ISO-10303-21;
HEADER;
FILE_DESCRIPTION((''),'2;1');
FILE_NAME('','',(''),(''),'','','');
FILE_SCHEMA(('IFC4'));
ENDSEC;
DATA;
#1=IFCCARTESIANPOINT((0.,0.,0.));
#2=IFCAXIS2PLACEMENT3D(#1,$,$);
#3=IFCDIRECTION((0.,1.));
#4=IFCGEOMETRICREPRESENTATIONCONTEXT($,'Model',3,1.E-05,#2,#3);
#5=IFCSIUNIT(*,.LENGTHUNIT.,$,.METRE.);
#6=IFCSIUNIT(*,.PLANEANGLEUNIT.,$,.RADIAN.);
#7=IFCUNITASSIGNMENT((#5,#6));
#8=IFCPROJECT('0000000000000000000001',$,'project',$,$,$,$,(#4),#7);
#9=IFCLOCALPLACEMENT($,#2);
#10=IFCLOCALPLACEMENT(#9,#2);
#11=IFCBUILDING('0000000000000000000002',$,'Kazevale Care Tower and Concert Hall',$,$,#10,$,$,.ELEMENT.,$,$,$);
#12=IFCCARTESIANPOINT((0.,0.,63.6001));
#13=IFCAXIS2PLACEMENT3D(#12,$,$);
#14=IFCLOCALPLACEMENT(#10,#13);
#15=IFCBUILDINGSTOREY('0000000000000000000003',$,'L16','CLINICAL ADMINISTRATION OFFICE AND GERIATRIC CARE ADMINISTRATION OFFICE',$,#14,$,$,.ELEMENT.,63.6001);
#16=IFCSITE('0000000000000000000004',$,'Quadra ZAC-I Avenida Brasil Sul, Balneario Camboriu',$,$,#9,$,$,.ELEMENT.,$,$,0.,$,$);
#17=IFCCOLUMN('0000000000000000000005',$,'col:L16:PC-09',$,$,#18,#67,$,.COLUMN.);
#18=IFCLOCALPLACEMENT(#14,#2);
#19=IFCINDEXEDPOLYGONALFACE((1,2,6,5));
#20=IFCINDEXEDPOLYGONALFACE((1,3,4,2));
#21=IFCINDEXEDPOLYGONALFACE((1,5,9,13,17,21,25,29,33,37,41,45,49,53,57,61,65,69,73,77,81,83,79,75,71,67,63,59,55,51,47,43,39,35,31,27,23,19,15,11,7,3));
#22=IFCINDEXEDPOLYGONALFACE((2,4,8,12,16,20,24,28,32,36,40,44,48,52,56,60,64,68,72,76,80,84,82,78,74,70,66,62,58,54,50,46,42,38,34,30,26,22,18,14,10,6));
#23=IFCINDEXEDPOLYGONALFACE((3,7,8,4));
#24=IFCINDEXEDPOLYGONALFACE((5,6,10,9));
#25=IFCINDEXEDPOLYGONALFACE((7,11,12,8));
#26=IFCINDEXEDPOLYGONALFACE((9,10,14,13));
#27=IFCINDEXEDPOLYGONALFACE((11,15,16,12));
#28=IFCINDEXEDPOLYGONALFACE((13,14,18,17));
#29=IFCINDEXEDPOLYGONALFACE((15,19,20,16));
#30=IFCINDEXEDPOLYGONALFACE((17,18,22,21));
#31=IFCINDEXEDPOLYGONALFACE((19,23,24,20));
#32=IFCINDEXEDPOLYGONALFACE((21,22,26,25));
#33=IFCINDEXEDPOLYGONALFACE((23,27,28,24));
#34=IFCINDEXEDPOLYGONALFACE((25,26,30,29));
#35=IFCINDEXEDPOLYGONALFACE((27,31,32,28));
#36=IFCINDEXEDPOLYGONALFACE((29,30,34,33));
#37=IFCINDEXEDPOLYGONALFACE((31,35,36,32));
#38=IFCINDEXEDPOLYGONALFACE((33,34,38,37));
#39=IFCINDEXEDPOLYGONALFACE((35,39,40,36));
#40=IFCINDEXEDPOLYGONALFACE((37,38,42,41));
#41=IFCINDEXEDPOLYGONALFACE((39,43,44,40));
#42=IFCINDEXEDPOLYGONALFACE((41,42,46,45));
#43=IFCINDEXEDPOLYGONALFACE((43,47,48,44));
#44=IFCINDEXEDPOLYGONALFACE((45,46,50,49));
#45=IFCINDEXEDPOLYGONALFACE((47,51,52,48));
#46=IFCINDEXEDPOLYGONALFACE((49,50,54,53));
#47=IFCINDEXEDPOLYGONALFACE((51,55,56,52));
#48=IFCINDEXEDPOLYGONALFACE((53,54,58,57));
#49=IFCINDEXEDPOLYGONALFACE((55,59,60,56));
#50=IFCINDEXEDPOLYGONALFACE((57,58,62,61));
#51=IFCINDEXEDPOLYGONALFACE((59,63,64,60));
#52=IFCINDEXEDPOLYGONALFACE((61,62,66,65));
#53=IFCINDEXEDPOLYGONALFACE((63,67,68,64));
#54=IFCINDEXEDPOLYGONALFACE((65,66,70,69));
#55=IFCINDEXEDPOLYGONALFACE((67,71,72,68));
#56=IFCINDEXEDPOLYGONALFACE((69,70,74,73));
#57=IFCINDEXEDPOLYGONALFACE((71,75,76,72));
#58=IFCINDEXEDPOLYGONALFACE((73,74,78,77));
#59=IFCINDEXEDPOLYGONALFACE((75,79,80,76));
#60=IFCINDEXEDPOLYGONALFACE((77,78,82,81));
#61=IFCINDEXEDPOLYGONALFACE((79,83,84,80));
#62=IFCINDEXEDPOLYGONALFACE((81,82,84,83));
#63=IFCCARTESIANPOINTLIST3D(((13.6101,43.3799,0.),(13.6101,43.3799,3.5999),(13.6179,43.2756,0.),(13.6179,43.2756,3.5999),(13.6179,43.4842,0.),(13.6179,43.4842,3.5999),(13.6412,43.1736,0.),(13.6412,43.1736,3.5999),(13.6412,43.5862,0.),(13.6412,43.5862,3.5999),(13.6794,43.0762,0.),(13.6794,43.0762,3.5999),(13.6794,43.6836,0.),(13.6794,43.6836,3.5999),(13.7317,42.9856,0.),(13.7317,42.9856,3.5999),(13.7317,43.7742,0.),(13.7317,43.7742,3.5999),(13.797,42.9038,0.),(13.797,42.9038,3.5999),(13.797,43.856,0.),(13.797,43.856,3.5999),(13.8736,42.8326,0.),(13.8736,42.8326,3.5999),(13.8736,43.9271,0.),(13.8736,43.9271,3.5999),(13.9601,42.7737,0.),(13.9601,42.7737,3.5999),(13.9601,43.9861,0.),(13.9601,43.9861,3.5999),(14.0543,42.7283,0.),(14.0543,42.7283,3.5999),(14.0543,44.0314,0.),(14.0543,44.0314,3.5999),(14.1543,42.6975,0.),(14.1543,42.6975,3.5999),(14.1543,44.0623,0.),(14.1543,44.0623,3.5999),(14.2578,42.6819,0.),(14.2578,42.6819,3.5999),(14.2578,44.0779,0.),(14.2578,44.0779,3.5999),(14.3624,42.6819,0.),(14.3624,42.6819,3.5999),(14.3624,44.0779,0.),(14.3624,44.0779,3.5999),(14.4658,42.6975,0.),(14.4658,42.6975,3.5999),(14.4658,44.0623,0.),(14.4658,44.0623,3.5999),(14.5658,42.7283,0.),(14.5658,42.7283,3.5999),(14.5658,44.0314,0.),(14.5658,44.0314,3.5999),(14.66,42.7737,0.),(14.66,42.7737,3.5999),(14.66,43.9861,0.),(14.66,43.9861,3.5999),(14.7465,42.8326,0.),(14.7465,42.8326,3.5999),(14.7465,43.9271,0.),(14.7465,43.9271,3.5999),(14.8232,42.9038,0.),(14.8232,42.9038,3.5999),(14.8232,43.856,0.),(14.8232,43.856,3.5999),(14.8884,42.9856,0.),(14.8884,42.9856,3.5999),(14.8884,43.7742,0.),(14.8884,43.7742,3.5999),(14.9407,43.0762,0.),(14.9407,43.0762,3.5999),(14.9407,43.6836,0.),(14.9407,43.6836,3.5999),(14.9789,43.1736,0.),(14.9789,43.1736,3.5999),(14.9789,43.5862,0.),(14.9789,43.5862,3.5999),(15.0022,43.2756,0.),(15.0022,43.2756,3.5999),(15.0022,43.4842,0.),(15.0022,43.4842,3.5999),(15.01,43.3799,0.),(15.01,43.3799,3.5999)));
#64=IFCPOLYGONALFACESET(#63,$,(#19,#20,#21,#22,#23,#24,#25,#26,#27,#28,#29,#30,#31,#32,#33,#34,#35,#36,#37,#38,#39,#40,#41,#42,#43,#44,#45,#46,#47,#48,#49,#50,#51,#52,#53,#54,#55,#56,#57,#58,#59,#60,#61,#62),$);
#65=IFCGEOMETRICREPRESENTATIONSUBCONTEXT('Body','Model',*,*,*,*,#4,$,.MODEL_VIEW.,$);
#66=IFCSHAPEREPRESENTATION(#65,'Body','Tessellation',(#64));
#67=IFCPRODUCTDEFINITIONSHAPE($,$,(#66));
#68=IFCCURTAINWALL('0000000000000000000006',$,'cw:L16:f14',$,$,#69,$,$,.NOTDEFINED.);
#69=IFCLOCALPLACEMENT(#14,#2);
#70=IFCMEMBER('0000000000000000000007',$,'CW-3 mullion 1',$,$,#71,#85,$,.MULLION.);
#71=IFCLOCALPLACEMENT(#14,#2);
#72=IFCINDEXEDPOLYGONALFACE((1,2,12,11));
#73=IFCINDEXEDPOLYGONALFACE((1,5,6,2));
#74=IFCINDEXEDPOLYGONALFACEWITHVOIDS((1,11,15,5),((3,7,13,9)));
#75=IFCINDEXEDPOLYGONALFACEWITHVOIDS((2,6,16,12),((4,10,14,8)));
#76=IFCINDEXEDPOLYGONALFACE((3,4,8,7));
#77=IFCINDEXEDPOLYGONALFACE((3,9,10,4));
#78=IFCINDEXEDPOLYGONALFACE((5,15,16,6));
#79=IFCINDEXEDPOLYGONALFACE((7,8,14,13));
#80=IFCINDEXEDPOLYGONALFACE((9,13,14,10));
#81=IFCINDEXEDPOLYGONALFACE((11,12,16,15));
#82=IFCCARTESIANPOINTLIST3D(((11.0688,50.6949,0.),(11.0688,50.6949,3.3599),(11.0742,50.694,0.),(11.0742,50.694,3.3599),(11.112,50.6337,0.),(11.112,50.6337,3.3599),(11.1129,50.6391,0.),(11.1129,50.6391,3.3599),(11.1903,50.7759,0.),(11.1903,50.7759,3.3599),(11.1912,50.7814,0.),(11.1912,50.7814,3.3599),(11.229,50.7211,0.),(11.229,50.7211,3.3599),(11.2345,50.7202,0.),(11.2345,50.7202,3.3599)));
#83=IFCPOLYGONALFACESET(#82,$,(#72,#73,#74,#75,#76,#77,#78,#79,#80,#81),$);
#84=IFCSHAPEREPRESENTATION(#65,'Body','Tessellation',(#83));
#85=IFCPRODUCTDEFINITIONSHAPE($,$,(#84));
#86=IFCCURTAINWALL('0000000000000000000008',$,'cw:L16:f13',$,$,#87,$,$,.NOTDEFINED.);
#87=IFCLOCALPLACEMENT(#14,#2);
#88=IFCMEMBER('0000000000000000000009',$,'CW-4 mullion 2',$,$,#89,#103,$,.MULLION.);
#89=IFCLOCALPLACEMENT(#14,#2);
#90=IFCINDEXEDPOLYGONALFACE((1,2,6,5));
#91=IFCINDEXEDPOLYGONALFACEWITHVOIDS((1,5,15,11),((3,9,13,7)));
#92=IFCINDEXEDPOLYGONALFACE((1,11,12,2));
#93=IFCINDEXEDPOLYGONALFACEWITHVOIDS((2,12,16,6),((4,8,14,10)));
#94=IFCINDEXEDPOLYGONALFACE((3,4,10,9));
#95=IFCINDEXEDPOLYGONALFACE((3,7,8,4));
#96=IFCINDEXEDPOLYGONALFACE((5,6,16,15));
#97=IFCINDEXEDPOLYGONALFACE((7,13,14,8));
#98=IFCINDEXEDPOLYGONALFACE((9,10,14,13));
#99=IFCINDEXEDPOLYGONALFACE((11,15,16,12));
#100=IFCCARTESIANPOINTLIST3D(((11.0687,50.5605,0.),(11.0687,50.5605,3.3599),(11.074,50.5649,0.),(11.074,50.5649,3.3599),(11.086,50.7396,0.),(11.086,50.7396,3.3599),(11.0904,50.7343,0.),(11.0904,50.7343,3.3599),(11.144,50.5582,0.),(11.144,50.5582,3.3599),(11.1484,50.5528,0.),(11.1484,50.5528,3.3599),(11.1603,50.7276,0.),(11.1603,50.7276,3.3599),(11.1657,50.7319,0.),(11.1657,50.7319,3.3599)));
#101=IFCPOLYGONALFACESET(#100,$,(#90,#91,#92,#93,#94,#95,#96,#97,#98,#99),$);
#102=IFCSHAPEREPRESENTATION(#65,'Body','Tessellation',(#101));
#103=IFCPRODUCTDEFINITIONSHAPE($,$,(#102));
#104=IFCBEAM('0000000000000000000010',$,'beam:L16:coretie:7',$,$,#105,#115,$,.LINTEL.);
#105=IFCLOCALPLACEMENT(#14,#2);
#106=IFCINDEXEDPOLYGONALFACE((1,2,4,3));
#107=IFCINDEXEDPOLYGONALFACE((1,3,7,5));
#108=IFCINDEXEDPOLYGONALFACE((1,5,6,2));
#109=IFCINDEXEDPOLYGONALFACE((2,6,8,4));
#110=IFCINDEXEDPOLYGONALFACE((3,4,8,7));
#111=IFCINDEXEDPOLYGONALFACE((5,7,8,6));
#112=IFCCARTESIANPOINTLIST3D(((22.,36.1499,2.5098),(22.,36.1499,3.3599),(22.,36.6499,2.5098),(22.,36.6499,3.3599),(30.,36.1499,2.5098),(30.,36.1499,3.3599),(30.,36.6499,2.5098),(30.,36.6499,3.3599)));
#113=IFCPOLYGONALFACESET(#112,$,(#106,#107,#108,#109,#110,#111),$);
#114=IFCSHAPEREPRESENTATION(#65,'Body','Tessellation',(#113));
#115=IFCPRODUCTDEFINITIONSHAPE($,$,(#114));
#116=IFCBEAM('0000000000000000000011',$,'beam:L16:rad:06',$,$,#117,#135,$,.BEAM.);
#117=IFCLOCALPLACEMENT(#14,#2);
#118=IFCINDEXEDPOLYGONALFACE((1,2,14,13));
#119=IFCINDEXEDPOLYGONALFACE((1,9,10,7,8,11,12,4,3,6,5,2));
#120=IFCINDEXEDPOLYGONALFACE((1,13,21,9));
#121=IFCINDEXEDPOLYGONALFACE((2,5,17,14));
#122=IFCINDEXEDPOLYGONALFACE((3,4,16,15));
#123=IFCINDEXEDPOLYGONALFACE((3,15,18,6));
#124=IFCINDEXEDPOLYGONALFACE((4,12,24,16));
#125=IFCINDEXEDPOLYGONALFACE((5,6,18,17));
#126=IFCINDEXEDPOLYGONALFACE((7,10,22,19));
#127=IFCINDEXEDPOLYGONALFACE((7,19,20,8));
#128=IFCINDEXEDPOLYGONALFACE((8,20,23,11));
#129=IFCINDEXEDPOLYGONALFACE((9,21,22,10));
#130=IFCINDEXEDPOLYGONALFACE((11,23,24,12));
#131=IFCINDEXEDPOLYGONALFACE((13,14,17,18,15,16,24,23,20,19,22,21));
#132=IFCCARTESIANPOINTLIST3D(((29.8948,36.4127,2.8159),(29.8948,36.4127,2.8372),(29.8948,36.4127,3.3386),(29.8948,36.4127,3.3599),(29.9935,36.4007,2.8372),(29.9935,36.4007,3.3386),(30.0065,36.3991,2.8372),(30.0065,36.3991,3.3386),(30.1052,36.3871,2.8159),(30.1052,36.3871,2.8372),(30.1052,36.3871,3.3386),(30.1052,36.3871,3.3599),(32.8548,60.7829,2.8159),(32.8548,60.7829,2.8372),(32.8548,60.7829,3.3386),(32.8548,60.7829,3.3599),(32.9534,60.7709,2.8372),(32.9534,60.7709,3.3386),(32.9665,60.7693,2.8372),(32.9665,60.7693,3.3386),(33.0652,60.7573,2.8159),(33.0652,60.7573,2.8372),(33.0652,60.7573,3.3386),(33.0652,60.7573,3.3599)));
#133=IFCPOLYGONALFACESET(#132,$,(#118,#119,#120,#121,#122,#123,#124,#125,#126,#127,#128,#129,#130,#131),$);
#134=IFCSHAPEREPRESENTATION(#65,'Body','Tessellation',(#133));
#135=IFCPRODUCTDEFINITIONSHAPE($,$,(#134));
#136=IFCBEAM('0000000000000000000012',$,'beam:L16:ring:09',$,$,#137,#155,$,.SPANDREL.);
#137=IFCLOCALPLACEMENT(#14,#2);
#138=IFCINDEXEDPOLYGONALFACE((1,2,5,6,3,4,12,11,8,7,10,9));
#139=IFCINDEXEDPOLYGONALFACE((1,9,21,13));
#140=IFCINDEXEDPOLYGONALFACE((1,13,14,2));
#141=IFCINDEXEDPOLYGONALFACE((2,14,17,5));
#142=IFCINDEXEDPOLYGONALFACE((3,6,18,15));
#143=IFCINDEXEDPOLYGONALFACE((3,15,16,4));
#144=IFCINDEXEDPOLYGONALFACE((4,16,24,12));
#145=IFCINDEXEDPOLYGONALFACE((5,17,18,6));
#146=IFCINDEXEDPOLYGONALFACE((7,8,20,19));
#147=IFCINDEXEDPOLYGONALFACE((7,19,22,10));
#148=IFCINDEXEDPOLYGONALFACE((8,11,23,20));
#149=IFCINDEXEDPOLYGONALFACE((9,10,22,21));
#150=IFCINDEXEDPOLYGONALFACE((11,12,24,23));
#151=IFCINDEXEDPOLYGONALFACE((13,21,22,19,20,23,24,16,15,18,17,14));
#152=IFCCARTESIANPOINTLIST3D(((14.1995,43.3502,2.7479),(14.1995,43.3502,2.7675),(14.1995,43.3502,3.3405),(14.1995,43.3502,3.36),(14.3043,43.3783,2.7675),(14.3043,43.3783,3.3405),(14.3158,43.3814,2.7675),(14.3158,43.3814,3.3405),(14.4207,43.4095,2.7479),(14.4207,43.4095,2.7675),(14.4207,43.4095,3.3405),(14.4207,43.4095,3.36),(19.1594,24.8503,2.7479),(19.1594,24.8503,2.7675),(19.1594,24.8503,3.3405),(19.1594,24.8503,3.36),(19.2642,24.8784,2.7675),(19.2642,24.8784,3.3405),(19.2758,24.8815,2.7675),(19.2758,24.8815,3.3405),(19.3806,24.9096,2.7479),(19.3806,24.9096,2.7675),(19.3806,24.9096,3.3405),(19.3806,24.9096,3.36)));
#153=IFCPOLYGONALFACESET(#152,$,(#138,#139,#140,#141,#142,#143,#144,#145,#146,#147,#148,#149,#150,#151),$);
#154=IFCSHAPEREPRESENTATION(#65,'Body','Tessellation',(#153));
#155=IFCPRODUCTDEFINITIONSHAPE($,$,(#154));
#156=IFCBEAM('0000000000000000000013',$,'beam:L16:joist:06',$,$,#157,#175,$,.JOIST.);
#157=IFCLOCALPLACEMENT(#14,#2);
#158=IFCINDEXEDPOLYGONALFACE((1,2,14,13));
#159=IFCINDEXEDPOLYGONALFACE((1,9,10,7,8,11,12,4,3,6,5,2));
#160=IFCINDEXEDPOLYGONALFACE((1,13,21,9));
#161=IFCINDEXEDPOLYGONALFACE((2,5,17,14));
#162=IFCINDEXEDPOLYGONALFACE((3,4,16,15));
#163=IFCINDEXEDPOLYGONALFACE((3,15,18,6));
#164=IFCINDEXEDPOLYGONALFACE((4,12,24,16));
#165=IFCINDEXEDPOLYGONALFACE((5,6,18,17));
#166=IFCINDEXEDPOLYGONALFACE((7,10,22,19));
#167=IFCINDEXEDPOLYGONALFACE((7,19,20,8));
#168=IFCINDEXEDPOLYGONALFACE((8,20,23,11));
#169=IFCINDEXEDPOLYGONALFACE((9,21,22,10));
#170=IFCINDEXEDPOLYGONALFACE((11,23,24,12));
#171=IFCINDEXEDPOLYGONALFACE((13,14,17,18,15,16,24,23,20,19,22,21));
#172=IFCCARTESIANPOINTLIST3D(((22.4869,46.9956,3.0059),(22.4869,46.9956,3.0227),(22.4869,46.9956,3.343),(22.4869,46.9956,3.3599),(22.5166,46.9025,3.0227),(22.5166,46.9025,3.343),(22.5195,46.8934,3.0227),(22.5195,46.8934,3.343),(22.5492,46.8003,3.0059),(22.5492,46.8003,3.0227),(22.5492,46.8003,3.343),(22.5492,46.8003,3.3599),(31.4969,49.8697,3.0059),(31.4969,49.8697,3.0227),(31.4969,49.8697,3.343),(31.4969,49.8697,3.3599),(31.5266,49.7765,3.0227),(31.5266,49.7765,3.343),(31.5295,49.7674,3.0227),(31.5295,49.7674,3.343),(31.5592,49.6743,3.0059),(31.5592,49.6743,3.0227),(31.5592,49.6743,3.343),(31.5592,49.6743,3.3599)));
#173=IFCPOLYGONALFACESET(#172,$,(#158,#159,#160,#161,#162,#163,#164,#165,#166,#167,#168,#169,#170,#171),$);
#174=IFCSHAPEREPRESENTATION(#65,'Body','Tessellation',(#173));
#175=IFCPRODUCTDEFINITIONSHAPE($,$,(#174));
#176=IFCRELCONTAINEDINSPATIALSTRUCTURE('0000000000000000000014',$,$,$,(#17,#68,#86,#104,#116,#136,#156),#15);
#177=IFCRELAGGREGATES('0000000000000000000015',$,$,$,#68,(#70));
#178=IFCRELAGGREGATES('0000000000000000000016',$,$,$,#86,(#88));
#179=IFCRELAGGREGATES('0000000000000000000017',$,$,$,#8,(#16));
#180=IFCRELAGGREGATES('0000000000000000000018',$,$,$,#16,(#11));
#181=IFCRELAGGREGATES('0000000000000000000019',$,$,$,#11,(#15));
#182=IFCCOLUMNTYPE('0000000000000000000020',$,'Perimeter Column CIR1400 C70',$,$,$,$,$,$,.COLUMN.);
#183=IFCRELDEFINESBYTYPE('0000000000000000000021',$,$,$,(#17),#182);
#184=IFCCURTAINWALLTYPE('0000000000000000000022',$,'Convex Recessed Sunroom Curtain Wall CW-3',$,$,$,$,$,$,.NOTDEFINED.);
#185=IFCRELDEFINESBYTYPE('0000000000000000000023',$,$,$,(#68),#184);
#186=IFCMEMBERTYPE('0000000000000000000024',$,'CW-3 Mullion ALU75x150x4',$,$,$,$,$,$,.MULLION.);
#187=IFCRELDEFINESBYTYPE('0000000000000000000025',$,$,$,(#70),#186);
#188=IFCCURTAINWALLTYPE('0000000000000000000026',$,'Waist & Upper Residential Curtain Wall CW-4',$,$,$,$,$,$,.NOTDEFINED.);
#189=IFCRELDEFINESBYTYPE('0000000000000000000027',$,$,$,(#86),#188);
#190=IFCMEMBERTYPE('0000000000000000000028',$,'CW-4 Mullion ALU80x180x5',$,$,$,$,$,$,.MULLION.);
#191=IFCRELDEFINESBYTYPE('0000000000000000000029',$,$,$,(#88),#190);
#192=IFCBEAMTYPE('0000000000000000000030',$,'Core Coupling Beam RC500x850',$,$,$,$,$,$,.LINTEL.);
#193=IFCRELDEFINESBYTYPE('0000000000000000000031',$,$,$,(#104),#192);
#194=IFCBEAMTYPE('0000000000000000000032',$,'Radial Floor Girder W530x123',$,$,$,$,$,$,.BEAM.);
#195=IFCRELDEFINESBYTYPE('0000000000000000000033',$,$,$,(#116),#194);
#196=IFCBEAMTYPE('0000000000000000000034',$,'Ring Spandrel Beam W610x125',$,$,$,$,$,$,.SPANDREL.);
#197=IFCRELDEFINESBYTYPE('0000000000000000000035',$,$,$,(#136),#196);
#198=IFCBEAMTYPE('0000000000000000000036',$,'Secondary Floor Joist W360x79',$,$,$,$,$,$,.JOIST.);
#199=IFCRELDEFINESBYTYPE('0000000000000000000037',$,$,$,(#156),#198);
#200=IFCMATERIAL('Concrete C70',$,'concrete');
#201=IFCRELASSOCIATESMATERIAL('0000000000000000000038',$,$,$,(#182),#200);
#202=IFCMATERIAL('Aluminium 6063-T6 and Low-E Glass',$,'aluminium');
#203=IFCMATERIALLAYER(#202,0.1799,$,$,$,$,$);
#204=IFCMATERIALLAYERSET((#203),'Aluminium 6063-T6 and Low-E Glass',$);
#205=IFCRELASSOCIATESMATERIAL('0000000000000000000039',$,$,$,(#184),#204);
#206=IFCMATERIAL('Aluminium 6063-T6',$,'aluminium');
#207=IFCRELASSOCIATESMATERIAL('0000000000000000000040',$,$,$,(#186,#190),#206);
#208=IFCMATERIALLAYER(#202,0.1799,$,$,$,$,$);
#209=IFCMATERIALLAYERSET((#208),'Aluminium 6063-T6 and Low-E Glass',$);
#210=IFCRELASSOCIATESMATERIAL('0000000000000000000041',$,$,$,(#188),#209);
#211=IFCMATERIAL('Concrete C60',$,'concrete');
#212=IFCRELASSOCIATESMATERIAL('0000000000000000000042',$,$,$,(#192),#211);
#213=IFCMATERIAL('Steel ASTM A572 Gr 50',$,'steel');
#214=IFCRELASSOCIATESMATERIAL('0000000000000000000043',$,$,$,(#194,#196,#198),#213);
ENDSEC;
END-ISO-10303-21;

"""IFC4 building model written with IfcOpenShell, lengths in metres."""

from ifc_helpers import new_model, si_unit, direction, frame, origin, origin_2d, place, context, subcontext, project, spatial, rectangle, hollow_rectangle, circle, i_section, extrude, material, layer, layer_set, material_profile, profile_set, type_object, element, aggregate, save


model = new_model("IFC4")

# Units and contexts
model_context = context("Model", 3, precision=1e-05, world=origin(), true_north=direction((0.0, 1.0)))
body_context = subcontext(model_context, "Body", "Model", "MODEL_VIEW")
ifc_project = project(units=[si_unit("LENGTHUNIT", "METRE"), si_unit("PLANEANGLEUNIT", "RADIAN")], contexts=[model_context])

# Site, building, storey
site_placement = place(None, origin())
site = spatial("IfcSite", under=ifc_project, at=site_placement, Name="Quadra ZAC-I Avenida Brasil Sul, Balneario Camboriu", CompositionType="ELEMENT", RefElevation=0.0)
building_placement = place(site_placement, origin())
building = spatial("IfcBuilding", under=site, at=building_placement, Name="Kazevale Care Tower and Concert Hall", CompositionType="ELEMENT")
storey_placement = place(building_placement, frame((0.0, 0.0, 63.6001)))
storey = spatial("IfcBuildingStorey", under=building, at=storey_placement, Name="L16", Description="CLINICAL ADMINISTRATION OFFICE AND GERIATRIC CARE ADMINISTRATION OFFICE", CompositionType="ELEMENT", Elevation=63.6001)

# Column
ifc_material_1 = material(Name="Concrete C70", Category="concrete")
ifc_material_profile_1 = material_profile(ifc_material_1, circle(Radius=0.7, at=origin_2d()), Name="RC-CIR1400")
ifc_profile_set_1 = profile_set([ifc_material_profile_1], Name="Concrete C70")
column_type = type_object("IfcColumnType", Name="Perimeter Column CIR1400 C70", PredefinedType="COLUMN", material=ifc_profile_set_1)
column_placement = place(storey_placement, frame((14.3101, 43.3799, 0.0), z_axis=(0.0, 0.0, 1.0), x_axis=(1.0, 0.0, 0.0)))
element("IfcColumn", 1, at=column_placement, inside=storey, type_object=column_type, Name="col:L16:PC-09", PredefinedType="COLUMN", context=body_context, shape_type="SweptSolid", body=[
    extrude(circle(Radius=0.7, at=origin_2d()), origin(), (0.0, 0.0, 1.0), 3.5999),
])

# Curtain walls, members
ifc_material_2 = material(Name="Aluminium 6063-T6 and Low-E Glass", Category="aluminium")
ifc_layer_1 = layer(ifc_material_2, 0.1799)
ifc_layer_set_1 = layer_set([ifc_layer_1], Name="Aluminium 6063-T6 and Low-E Glass")
curtain_wall_type_1 = type_object("IfcCurtainWallType", Name="Convex Recessed Sunroom Curtain Wall CW-3", PredefinedType="NOTDEFINED", material=ifc_layer_set_1)
curtain_wall_1_placement = place(storey_placement, origin())
curtain_wall_1 = element("IfcCurtainWall", 2, at=curtain_wall_1_placement, inside=storey, type_object=curtain_wall_type_1, Name="cw:L16:f14", PredefinedType="NOTDEFINED")
ifc_material_3 = material(Name="Aluminium 6063-T6", Category="aluminium")
ifc_material_profile_2 = material_profile(ifc_material_3, hollow_rectangle(XDim=0.075, YDim=0.1499, WallThickness=0.0039, at=origin_2d()), Name="ALU75x150x4")
ifc_profile_set_2 = profile_set([ifc_material_profile_2], Name="Aluminium 6063-T6")
member_type_1 = type_object("IfcMemberType", Name="CW-3 Mullion ALU75x150x4", PredefinedType="MULLION", material=ifc_profile_set_2)
member_1_placement = place(storey_placement, frame((11.1516, 50.7075, 0.0), z_axis=(0.0, 0.0, 1.0), x_axis=(-0.576929, 0.816794, 0.0)))
member_1 = element("IfcMember", 3, at=member_1_placement, type_object=member_type_1, Name="CW-3 mullion 1", PredefinedType="MULLION", context=body_context, shape_type="SweptSolid", body=[
    extrude(hollow_rectangle(XDim=0.075, YDim=0.1499, WallThickness=0.0039, at=origin_2d()), origin(), (0.0, 0.0, 1.0), 3.3599),
])
aggregate(curtain_wall_1, [member_1])
ifc_layer_2 = layer(ifc_material_2, 0.1799)
ifc_layer_set_2 = layer_set([ifc_layer_2], Name="Aluminium 6063-T6 and Low-E Glass")
curtain_wall_type_2 = type_object("IfcCurtainWallType", Name="Waist & Upper Residential Curtain Wall CW-4", PredefinedType="NOTDEFINED", material=ifc_layer_set_2)
curtain_wall_2_placement = place(storey_placement, origin())
curtain_wall_2 = element("IfcCurtainWall", 4, at=curtain_wall_2_placement, inside=storey, type_object=curtain_wall_type_2, Name="cw:L16:f13", PredefinedType="NOTDEFINED")
ifc_material_profile_3 = material_profile(ifc_material_3, hollow_rectangle(XDim=0.0801, YDim=0.1799, WallThickness=0.0049, at=origin_2d()), Name="ALU80x180x5")
ifc_profile_set_3 = profile_set([ifc_material_profile_3], Name="Aluminium 6063-T6")
member_type_2 = type_object("IfcMemberType", Name="CW-4 Mullion ALU80x180x5", PredefinedType="MULLION", material=ifc_profile_set_3)
member_2_placement = place(storey_placement, frame((11.1172, 50.6462, 0.0), z_axis=(0.0, 0.0, 1.0), x_axis=(-0.995381, 0.096007, 0.0)))
member_2 = element("IfcMember", 5, at=member_2_placement, type_object=member_type_2, Name="CW-4 mullion 2", PredefinedType="MULLION", context=body_context, shape_type="SweptSolid", body=[
    extrude(hollow_rectangle(XDim=0.0801, YDim=0.1799, WallThickness=0.0049, at=origin_2d()), origin(), (0.0, 0.0, 1.0), 3.3599),
])

# Beams
ifc_material_4 = material(Name="Concrete C60", Category="concrete")
ifc_material_profile_4 = material_profile(ifc_material_4, rectangle(XDim=0.5, YDim=0.8501, at=origin_2d()), Name="RC-B500x850")
ifc_profile_set_4 = profile_set([ifc_material_profile_4], Name="Concrete C60")
beam_type_1 = type_object("IfcBeamType", Name="Core Coupling Beam RC500x850", PredefinedType="LINTEL", material=ifc_profile_set_4)
beam_1_placement = place(storey_placement, frame((30.0, 36.3999, 2.9348), z_axis=(-1.0, 0.0, 0.0), x_axis=(0.0, -1.0, 0.0)))
element("IfcBeam", 6, at=beam_1_placement, inside=storey, type_object=beam_type_1, Name="beam:L16:coretie:7", PredefinedType="LINTEL", context=body_context, shape_type="SweptSolid", body=[
    extrude(rectangle(XDim=0.5, YDim=0.8501, at=origin_2d()), origin(), (0.0, 0.0, 1.0), 8.0),
])
ifc_material_5 = material(Name="Steel ASTM A572 Gr 50", Category="steel")
ifc_material_profile_5 = material_profile(ifc_material_5, i_section(OverallWidth=0.2119, OverallDepth=0.5439, WebThickness=0.0132, FlangeThickness=0.0212, at=origin_2d()), Name="W530x123")
ifc_profile_set_5 = profile_set([ifc_material_profile_5], Name="Steel ASTM A572 Gr 50")
beam_type_2 = type_object("IfcBeamType", Name="Radial Floor Girder W530x123", PredefinedType="BEAM", material=ifc_profile_set_5)
beam_2_placement = place(storey_placement, frame((30.0, 36.3999, 3.0879), z_axis=(0.120573, 0.992705, 0.0), x_axis=(-0.992705, 0.120573, 0.0)))
element("IfcBeam", 7, at=beam_2_placement, inside=storey, type_object=beam_type_2, Name="beam:L16:rad:06", PredefinedType="BEAM", context=body_context, shape_type="SweptSolid", body=[
    extrude(i_section(OverallWidth=0.2119, OverallDepth=0.5439, WebThickness=0.0132, FlangeThickness=0.0212, at=origin_2d()), origin(), (0.0, 0.0, 1.0), 24.5493),
])
ifc_material_profile_6 = material_profile(ifc_material_5, i_section(OverallWidth=0.229, OverallDepth=0.6121, WebThickness=0.012, FlangeThickness=0.0195, at=origin_2d()), Name="W610x125")
ifc_profile_set_6 = profile_set([ifc_material_profile_6], Name="Steel ASTM A572 Gr 50")
beam_type_3 = type_object("IfcBeamType", Name="Ring Spandrel Beam W610x125", PredefinedType="SPANDREL", material=ifc_profile_set_6)
beam_3_placement = place(storey_placement, frame((14.3101, 43.3799, 3.054), z_axis=(0.25896, -0.965888, 0.0), x_axis=(0.965888, 0.25896, 0.0)))
element("IfcBeam", 8, at=beam_3_placement, inside=storey, type_object=beam_type_3, Name="beam:L16:ring:09", PredefinedType="SPANDREL", context=body_context, shape_type="SweptSolid", body=[
    extrude(i_section(OverallWidth=0.229, OverallDepth=0.6121, WebThickness=0.012, FlangeThickness=0.0195, at=origin_2d()), origin(), (0.0, 0.0, 1.0), 19.1533),
])
ifc_material_profile_7 = material_profile(ifc_material_5, i_section(OverallWidth=0.2051, OverallDepth=0.354, WebThickness=0.0095, FlangeThickness=0.0168, at=origin_2d()), Name="W360x79")
ifc_profile_set_7 = profile_set([ifc_material_profile_7], Name="Steel ASTM A572 Gr 50")
beam_type_4 = type_object("IfcBeamType", Name="Secondary Floor Joist W360x79", PredefinedType="JOIST", material=ifc_profile_set_7)
beam_4_placement = place(storey_placement, frame((31.5281, 49.772, 3.1829), z_axis=(-0.952705, -0.303895, 0.0), x_axis=(0.303895, -0.952705, 0.0)))
element("IfcBeam", 9, at=beam_4_placement, inside=storey, type_object=beam_type_4, Name="beam:L16:joist:06", PredefinedType="JOIST", context=body_context, shape_type="SweptSolid", body=[
    extrude(i_section(OverallWidth=0.2051, OverallDepth=0.354, WebThickness=0.0095, FlangeThickness=0.0168, at=origin_2d()), origin(), (0.0, 0.0, 1.0), 9.4573),
])

aggregate(curtain_wall_2, [member_2])

save(model, "model.ifc")
